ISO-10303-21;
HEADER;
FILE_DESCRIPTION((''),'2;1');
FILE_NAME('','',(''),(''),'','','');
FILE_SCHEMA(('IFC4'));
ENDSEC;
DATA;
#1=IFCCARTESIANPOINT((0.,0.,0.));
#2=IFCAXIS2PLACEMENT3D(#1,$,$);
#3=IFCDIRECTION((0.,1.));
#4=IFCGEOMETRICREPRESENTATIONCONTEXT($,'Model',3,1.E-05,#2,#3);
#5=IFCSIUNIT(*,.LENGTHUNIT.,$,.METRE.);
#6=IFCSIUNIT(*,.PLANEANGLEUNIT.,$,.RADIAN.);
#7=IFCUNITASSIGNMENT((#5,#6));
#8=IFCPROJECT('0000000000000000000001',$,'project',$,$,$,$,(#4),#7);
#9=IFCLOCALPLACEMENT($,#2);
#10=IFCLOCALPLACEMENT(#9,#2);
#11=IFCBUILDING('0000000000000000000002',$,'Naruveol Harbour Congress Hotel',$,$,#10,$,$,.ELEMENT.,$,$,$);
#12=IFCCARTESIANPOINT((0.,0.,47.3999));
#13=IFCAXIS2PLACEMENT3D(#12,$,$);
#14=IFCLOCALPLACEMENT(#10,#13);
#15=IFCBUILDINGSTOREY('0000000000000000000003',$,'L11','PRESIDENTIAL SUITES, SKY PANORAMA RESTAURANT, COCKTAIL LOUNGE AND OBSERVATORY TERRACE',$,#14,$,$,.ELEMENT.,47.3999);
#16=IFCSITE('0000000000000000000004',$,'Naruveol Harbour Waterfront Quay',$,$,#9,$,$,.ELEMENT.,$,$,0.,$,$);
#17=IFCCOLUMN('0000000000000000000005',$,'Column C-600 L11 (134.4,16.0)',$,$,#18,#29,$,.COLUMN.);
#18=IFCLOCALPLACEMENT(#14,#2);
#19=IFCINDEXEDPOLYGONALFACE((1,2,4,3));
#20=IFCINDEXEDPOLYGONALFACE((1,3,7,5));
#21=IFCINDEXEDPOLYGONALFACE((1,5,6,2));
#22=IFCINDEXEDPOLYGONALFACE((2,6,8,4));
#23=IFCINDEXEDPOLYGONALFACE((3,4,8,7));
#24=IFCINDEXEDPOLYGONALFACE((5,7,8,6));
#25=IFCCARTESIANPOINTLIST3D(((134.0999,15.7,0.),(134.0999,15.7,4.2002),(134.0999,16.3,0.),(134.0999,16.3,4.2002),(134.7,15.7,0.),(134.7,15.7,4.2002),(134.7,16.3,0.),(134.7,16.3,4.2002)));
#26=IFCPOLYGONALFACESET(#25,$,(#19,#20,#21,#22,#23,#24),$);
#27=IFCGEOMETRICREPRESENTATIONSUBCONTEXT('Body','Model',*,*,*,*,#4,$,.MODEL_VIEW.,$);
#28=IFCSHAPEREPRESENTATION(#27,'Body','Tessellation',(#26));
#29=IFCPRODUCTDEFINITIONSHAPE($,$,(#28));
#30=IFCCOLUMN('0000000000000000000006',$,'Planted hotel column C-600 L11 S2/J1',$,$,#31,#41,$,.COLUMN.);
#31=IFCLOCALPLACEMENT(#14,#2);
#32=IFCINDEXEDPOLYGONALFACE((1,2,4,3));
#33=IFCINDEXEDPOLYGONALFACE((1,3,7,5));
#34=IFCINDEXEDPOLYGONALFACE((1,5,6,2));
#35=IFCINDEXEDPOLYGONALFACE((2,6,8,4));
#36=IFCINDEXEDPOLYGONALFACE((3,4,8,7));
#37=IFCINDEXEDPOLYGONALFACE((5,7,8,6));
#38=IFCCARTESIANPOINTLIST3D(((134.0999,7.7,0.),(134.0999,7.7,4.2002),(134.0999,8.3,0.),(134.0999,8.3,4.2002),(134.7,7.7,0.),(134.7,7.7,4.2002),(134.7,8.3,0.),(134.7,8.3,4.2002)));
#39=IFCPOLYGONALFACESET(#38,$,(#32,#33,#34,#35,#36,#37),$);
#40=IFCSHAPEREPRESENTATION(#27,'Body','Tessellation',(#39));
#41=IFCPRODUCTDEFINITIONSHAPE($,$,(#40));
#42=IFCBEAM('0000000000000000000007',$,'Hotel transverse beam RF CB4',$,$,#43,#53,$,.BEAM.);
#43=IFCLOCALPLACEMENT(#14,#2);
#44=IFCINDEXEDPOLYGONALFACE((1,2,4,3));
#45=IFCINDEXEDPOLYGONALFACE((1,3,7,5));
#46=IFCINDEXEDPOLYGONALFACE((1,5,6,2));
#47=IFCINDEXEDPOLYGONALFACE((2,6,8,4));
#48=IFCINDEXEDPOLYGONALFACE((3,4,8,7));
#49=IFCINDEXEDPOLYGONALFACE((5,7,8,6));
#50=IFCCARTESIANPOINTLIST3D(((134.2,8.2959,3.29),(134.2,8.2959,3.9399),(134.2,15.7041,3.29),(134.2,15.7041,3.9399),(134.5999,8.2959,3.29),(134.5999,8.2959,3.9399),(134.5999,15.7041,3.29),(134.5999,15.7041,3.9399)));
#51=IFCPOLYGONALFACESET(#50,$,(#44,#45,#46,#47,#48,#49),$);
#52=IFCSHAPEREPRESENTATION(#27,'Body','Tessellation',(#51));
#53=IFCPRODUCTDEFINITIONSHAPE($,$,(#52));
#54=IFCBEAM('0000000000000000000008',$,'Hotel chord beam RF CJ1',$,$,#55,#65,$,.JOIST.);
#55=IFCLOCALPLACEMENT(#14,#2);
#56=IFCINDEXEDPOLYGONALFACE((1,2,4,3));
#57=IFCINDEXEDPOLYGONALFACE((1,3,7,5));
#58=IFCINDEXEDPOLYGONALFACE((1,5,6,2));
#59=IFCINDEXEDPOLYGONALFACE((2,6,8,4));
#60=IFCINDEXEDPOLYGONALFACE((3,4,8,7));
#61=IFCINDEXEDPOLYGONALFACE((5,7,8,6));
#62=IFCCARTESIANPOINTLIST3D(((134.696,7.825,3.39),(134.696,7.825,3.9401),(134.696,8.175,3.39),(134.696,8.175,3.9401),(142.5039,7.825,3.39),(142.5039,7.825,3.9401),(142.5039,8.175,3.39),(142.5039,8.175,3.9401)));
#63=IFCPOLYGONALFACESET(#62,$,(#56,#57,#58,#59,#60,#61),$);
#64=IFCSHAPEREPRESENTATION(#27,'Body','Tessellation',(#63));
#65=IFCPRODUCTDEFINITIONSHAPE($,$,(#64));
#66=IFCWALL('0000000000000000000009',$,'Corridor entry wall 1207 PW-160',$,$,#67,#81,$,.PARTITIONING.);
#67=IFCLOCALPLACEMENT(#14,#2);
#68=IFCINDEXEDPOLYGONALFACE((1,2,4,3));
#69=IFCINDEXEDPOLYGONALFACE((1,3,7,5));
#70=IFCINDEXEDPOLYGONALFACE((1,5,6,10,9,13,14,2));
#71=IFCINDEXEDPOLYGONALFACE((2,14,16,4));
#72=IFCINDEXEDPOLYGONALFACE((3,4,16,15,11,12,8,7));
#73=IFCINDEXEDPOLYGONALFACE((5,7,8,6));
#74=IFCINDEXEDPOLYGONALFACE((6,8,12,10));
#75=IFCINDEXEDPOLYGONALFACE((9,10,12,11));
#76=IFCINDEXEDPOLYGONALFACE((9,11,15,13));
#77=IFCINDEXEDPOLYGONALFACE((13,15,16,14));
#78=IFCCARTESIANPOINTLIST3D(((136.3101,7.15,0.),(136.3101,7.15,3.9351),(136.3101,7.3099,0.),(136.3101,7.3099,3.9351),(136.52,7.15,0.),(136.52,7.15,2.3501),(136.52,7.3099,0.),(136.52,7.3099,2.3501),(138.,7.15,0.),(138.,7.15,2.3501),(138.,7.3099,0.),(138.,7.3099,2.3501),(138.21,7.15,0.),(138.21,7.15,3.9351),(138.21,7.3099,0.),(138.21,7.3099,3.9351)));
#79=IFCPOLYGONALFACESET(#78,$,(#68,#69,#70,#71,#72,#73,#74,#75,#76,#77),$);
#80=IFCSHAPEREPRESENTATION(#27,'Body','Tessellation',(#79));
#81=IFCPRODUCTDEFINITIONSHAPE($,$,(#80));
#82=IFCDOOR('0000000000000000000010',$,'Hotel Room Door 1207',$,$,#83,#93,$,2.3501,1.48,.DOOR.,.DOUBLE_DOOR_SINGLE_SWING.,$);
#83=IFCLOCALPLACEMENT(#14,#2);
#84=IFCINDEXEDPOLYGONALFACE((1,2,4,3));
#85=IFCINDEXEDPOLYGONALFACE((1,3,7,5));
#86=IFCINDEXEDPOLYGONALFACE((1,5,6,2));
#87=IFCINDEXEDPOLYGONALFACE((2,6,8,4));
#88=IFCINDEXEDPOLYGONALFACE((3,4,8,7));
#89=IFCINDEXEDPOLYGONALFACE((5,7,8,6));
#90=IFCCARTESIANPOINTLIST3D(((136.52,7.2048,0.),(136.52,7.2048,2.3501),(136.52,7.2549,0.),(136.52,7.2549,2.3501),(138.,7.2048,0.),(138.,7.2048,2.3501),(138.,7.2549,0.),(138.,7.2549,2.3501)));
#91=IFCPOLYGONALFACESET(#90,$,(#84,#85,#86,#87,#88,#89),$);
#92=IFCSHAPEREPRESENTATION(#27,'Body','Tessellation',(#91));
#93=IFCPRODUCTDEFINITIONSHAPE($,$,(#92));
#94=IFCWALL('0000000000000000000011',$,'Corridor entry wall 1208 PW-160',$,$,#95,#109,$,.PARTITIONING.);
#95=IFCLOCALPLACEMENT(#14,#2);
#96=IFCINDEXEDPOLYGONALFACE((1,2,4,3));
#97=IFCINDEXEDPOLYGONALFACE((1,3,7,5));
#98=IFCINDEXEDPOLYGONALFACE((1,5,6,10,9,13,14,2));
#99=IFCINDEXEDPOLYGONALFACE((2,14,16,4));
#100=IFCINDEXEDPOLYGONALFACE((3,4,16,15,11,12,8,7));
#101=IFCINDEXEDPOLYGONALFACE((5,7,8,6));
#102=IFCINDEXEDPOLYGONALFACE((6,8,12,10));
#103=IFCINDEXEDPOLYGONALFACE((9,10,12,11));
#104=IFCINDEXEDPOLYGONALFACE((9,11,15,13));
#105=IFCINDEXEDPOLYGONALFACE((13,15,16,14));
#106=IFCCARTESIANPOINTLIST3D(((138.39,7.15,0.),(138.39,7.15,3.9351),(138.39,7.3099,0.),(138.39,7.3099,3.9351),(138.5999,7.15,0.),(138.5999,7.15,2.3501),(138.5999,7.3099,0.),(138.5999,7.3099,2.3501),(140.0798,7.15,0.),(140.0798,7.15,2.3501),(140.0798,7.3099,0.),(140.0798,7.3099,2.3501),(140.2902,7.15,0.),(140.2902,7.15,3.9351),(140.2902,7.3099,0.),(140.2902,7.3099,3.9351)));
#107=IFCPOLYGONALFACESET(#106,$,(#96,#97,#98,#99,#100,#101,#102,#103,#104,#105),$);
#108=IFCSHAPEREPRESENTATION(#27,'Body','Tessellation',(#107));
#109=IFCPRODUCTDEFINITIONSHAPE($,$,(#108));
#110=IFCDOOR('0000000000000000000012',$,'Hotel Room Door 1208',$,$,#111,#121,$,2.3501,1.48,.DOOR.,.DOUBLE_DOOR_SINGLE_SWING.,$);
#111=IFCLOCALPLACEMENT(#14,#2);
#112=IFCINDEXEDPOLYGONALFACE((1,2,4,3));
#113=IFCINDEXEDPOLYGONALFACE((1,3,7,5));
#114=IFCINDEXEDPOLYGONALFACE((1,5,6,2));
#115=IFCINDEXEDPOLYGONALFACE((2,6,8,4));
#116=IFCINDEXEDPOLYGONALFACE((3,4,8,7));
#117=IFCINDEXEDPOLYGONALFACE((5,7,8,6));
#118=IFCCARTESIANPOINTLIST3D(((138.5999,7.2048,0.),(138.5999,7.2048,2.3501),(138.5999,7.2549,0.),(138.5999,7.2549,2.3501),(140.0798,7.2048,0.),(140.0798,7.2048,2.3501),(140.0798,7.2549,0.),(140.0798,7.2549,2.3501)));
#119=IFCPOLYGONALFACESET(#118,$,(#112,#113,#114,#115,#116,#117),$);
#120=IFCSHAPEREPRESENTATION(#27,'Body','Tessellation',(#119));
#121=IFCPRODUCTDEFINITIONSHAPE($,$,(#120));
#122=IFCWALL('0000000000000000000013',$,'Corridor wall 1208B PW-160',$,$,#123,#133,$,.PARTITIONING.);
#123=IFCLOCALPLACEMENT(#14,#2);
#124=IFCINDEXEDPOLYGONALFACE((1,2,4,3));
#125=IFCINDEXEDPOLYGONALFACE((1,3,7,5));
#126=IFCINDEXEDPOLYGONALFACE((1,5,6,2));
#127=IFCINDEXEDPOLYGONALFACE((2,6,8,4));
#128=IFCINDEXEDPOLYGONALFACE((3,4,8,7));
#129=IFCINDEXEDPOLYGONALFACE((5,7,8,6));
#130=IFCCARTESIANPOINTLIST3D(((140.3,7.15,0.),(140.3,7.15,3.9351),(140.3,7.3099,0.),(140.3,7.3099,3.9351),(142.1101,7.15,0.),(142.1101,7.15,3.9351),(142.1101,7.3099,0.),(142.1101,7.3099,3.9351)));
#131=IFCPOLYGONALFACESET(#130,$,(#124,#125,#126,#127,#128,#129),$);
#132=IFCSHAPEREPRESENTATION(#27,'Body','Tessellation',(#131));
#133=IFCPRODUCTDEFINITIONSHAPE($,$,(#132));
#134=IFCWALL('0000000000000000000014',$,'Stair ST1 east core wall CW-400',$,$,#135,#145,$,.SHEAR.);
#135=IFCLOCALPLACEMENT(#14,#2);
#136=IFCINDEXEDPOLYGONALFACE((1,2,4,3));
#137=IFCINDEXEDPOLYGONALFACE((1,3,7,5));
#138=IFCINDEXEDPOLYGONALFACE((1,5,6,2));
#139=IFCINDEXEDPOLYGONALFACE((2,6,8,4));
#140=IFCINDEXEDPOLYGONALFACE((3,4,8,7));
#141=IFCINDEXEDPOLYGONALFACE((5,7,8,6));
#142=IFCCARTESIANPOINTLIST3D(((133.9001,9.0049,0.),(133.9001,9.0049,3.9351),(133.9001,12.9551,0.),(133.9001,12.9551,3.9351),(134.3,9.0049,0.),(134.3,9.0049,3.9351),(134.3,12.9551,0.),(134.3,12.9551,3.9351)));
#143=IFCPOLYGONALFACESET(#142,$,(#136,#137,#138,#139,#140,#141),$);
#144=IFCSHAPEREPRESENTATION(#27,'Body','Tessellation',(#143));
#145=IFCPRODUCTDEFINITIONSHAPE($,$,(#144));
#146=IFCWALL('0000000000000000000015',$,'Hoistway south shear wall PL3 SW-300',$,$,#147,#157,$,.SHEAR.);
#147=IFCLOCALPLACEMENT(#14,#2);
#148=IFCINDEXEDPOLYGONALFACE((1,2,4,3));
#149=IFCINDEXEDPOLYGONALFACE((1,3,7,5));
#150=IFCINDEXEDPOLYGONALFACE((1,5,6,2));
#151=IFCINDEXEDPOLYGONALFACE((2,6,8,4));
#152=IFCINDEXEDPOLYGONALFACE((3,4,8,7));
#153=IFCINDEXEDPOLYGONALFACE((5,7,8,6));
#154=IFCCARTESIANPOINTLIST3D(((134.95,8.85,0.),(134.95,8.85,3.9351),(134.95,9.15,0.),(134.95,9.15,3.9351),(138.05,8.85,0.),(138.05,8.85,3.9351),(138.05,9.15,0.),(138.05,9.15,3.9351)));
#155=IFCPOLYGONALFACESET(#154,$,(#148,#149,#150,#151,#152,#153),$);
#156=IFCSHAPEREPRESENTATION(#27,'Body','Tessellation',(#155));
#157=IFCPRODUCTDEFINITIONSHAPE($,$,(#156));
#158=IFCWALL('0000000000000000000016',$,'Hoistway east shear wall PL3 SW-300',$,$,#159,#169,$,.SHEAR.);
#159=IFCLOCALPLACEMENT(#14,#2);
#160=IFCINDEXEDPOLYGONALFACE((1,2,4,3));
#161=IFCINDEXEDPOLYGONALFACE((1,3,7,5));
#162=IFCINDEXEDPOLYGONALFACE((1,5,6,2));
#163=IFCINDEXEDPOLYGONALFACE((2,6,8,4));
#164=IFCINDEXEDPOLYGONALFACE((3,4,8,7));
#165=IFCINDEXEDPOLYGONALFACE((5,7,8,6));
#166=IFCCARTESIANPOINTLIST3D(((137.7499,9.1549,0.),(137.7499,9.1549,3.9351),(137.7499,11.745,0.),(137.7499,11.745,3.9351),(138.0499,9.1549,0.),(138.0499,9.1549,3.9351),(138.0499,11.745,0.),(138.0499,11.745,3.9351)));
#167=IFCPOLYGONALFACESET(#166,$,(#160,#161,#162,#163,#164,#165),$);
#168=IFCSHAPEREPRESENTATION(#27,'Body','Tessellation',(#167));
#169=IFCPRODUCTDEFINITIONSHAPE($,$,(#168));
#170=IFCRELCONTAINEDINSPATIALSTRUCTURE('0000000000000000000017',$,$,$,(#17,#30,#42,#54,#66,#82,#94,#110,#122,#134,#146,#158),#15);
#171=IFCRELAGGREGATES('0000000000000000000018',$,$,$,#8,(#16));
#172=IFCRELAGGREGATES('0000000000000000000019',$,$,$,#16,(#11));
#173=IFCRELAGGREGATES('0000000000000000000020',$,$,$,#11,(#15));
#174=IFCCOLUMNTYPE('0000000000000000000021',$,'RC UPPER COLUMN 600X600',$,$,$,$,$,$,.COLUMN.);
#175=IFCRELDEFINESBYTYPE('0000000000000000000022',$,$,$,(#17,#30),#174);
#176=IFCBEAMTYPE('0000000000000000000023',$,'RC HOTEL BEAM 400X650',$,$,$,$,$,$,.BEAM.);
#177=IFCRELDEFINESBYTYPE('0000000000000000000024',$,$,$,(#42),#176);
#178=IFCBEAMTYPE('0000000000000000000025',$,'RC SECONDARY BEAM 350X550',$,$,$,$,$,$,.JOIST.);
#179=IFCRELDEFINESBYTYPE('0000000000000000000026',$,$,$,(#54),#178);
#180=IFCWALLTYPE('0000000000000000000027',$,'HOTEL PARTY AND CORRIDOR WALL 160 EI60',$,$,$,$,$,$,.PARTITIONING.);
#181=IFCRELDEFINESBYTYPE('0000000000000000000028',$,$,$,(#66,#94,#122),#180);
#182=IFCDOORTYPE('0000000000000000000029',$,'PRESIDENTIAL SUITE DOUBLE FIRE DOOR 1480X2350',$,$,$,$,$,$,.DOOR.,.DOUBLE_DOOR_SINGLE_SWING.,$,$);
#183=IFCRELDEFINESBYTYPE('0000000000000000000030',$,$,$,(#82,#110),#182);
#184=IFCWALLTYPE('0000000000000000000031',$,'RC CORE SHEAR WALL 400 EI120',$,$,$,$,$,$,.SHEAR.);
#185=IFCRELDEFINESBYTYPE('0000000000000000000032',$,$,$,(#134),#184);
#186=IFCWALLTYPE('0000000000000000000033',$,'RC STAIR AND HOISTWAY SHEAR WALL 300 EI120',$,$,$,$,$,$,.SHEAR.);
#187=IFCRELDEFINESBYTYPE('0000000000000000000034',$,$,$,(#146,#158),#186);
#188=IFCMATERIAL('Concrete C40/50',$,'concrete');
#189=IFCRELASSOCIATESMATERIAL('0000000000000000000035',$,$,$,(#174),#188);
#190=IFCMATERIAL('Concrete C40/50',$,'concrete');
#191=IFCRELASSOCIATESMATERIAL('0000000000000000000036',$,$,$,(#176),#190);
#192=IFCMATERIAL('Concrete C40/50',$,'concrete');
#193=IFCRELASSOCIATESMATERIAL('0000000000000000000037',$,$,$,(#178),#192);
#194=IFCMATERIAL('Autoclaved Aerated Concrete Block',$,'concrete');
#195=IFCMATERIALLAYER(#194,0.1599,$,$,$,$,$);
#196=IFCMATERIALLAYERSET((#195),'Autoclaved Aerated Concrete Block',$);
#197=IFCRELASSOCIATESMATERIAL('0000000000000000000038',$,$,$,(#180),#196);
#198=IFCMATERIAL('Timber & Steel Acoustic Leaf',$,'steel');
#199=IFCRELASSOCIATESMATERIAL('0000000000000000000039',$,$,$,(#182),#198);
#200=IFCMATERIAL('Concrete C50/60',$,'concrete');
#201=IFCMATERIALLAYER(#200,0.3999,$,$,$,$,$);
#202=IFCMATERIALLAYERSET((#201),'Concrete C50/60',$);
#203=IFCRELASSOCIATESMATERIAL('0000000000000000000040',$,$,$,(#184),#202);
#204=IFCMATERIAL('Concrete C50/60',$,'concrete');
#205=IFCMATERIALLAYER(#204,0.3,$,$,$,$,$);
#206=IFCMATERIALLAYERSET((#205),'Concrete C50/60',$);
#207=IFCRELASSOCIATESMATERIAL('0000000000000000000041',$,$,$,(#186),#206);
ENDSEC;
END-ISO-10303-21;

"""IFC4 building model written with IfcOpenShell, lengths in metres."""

from ifc_helpers import new_model, si_unit, direction, frame, frame_2d, origin, origin_2d, place, context, subcontext, project, spatial, rectangle, extrude, material, layer, layer_set, material_profile, profile_set, type_object, element, fill, save


model = new_model("IFC4")

# Units and contexts
model_context = context("Model", 3, precision=1e-05, world=origin(), true_north=direction((0.0, 1.0)))
body_context = subcontext(model_context, "Body", "Model", "MODEL_VIEW")
ifc_project = project(units=[si_unit("LENGTHUNIT", "METRE"), si_unit("PLANEANGLEUNIT", "RADIAN")], contexts=[model_context])

# Site, building, storey
site_placement = place(None, origin())
site = spatial("IfcSite", under=ifc_project, at=site_placement, Name="Naruveol Harbour Waterfront Quay", CompositionType="ELEMENT", RefElevation=0.0)
building_placement = place(site_placement, origin())
building = spatial("IfcBuilding", under=site, at=building_placement, Name="Naruveol Harbour Congress Hotel", CompositionType="ELEMENT")
storey_placement = place(building_placement, frame((0.0, 0.0, 47.3999)))
storey = spatial("IfcBuildingStorey", under=building, at=storey_placement, Name="L11", Description="PRESIDENTIAL SUITES, SKY PANORAMA RESTAURANT, COCKTAIL LOUNGE AND OBSERVATORY TERRACE", CompositionType="ELEMENT", Elevation=47.3999)

# Columns
ifc_material_1 = material(Name="Concrete C40/50", Category="concrete")
ifc_material_profile_1 = material_profile(ifc_material_1, rectangle(XDim=0.6001, YDim=0.6001, at=origin_2d()), Name="RC-600x600")
ifc_profile_set_1 = profile_set([ifc_material_profile_1], Name="Concrete C40/50")
column_type = type_object("IfcColumnType", Name="RC UPPER COLUMN 600X600", PredefinedType="COLUMN", material=ifc_profile_set_1)
for number, where, z_axis, x_axis, name in (
    (1, (134.3999, 16.0, 0.0), (0.0, 0.0, 1.0), (1.0, 0.0, 0.0), "Column C-600 L11 (134.4,16.0)"),
    (2, (134.3999, 8.0, 0.0), (0.0, 0.0, 1.0), (1.0, 0.0, 0.0), "Planted hotel column C-600 L11 S2/J1"),
):
    element("IfcColumn", number, at=place(storey_placement, frame(where, z_axis=z_axis, x_axis=x_axis)), inside=storey, type_object=column_type, Name=name, PredefinedType="COLUMN", context=body_context, shape_type="SweptSolid", body=[
        extrude(rectangle(XDim=0.6001, YDim=0.6001, at=origin_2d()), origin(), (0.0, 0.0, 1.0), 4.2002),
    ])

# Beams
ifc_material_2 = material(Name="Concrete C40/50", Category="concrete")
ifc_material_profile_2 = material_profile(ifc_material_2, rectangle(XDim=0.3999, YDim=0.6499, at=origin_2d()), Name="RCB-400x650")
ifc_profile_set_2 = profile_set([ifc_material_profile_2], Name="Concrete C40/50")
beam_type_1 = type_object("IfcBeamType", Name="RC HOTEL BEAM 400X650", PredefinedType="BEAM", material=ifc_profile_set_2)
beam_1_placement = place(storey_placement, frame((134.3999, 8.2959, 3.615), z_axis=(0.0, 1.0, 0.0), x_axis=(-1.0, 0.0, 0.0)))
element("IfcBeam", 3, at=beam_1_placement, inside=storey, type_object=beam_type_1, Name="Hotel transverse beam RF CB4", PredefinedType="BEAM", context=body_context, shape_type="SweptSolid", body=[
    extrude(rectangle(XDim=0.3999, YDim=0.6499, at=origin_2d()), origin(), (0.0, 0.0, 1.0), 7.4082),
])
ifc_material_3 = material(Name="Concrete C40/50", Category="concrete")
ifc_material_profile_3 = material_profile(ifc_material_3, rectangle(XDim=0.3501, YDim=0.55, at=origin_2d()), Name="RCB-350x550")
ifc_profile_set_3 = profile_set([ifc_material_profile_3], Name="Concrete C40/50")
beam_type_2 = type_object("IfcBeamType", Name="RC SECONDARY BEAM 350X550", PredefinedType="JOIST", material=ifc_profile_set_3)
beam_2_placement = place(storey_placement, frame((134.696, 8.0, 3.665), z_axis=(1.0, 0.0, 0.0), x_axis=(0.0, 1.0, 0.0)))
element("IfcBeam", 4, at=beam_2_placement, inside=storey, type_object=beam_type_2, Name="Hotel chord beam RF CJ1", PredefinedType="JOIST", context=body_context, shape_type="SweptSolid", body=[
    extrude(rectangle(XDim=0.3501, YDim=0.55, at=origin_2d()), origin(), (0.0, 0.0, 1.0), 7.8079),
])

# Walls, openings, doors
ifc_material_4 = material(Name="Autoclaved Aerated Concrete Block", Category="concrete")
ifc_layer_1 = layer(ifc_material_4, 0.1599)
ifc_layer_set_1 = layer_set([ifc_layer_1], Name="Autoclaved Aerated Concrete Block")
wall_type_1 = type_object("IfcWallType", Name="HOTEL PARTY AND CORRIDOR WALL 160 EI60", PredefinedType="PARTITIONING", material=ifc_layer_set_1)
wall_1_placement = place(storey_placement, frame((136.3101, 7.23, 0.0), z_axis=(0.0, 0.0, 1.0), x_axis=(1.0, 0.0, 0.0)))
wall_1 = element("IfcWall", 5, at=wall_1_placement, inside=storey, type_object=wall_type_1, Name="Corridor entry wall 1207 PW-160", PredefinedType="PARTITIONING", context=body_context, shape_type="SweptSolid", body=[
    extrude(rectangle(XDim=1.8999, YDim=0.1599, at=frame_2d((0.95, 0.0))), origin(), (0.0, 0.0, 1.0), 3.9351),
])
opening_1_placement = place(wall_1_placement, frame((0.21, 0.0, 0.0)))
opening_1 = element("IfcOpeningElement", 6, at=opening_1_placement, cuts=wall_1, PredefinedType="OPENING", context=body_context, shape_type="SweptSolid", body=[
    extrude(rectangle(XDim=1.48, YDim=2.3501, at=frame_2d((0.74, 1.175))), frame((0.0, 0.0898, 0.0), z_axis=(0.0, -1.0, 0.0), x_axis=(1.0, 0.0, 0.0)), (0.0, 0.0, 1.0), 0.1799),
])
ifc_material_5 = material(Name="Timber & Steel Acoustic Leaf", Category="steel")
door_type_1 = type_object("IfcDoorType", Name="PRESIDENTIAL SUITE DOUBLE FIRE DOOR 1480X2350", OperationType="DOUBLE_DOOR_SINGLE_SWING", PredefinedType="DOOR", material=ifc_material_5)
door_1_placement = place(opening_1_placement, origin())
door_1 = element("IfcDoor", 7, at=door_1_placement, inside=storey, type_object=door_type_1, Name="Hotel Room Door 1207", OperationType="DOUBLE_DOOR_SINGLE_SWING", OverallHeight=2.3501, OverallWidth=1.48, PredefinedType="DOOR", context=body_context, shape_type="SweptSolid", body=[
    extrude(rectangle(XDim=1.48, YDim=2.3501, at=frame_2d((0.74, 1.175))), frame((0.0, 0.0249, 0.0), z_axis=(0.0, -1.0, 0.0), x_axis=(1.0, 0.0, 0.0)), (0.0, 0.0, 1.0), 0.05),
])
fill(opening_1, door_1)
wall_2_placement = place(storey_placement, frame((138.3899, 7.23, 0.0), z_axis=(0.0, 0.0, 1.0), x_axis=(1.0, 0.0, 0.0)))
wall_2 = element("IfcWall", 8, at=wall_2_placement, inside=storey, type_object=wall_type_1, Name="Corridor entry wall 1208 PW-160", PredefinedType="PARTITIONING", context=body_context, shape_type="SweptSolid", body=[
    extrude(rectangle(XDim=1.9001, YDim=0.1599, at=frame_2d((0.9502, 0.0))), origin(), (0.0, 0.0, 1.0), 3.9351),
])
opening_2_placement = place(wall_2_placement, frame((0.21, 0.0, 0.0)))
opening_2 = element("IfcOpeningElement", 9, at=opening_2_placement, cuts=wall_2, PredefinedType="OPENING", context=body_context, shape_type="SweptSolid", body=[
    extrude(rectangle(XDim=1.48, YDim=2.3501, at=frame_2d((0.74, 1.175))), frame((0.0, 0.0898, 0.0), z_axis=(0.0, -1.0, 0.0), x_axis=(1.0, 0.0, 0.0)), (0.0, 0.0, 1.0), 0.1799),
])
door_2_placement = place(opening_2_placement, origin())
door_2 = element("IfcDoor", 10, at=door_2_placement, inside=storey, type_object=door_type_1, Name="Hotel Room Door 1208", OperationType="DOUBLE_DOOR_SINGLE_SWING", OverallHeight=2.3501, OverallWidth=1.48, PredefinedType="DOOR", context=body_context, shape_type="SweptSolid", body=[
    extrude(rectangle(XDim=1.48, YDim=2.3501, at=frame_2d((0.74, 1.175))), frame((0.0, 0.0249, 0.0), z_axis=(0.0, -1.0, 0.0), x_axis=(1.0, 0.0, 0.0)), (0.0, 0.0, 1.0), 0.05),
])
fill(opening_2, door_2)

# Walls
wall_3_placement = place(storey_placement, frame((140.3, 7.23, 0.0), z_axis=(0.0, 0.0, 1.0), x_axis=(1.0, 0.0, 0.0)))
element("IfcWall", 11, at=wall_3_placement, inside=storey, type_object=wall_type_1, Name="Corridor wall 1208B PW-160", PredefinedType="PARTITIONING", context=body_context, shape_type="SweptSolid", body=[
    extrude(rectangle(XDim=1.8101, YDim=0.1599, at=frame_2d((0.905, 0.0))), origin(), (0.0, 0.0, 1.0), 3.9351),
])
ifc_material_6 = material(Name="Concrete C50/60", Category="concrete")
ifc_layer_2 = layer(ifc_material_6, 0.3999)
ifc_layer_set_2 = layer_set([ifc_layer_2], Name="Concrete C50/60")
wall_type_2 = type_object("IfcWallType", Name="RC CORE SHEAR WALL 400 EI120", PredefinedType="SHEAR", material=ifc_layer_set_2)
wall_4_placement = place(storey_placement, frame((134.1001, 9.0049, 0.0), z_axis=(0.0, 0.0, 1.0), x_axis=(0.0, 1.0, 0.0)))
element("IfcWall", 12, at=wall_4_placement, inside=storey, type_object=wall_type_2, Name="Stair ST1 east core wall CW-400", PredefinedType="SHEAR", context=body_context, shape_type="SweptSolid", body=[
    extrude(rectangle(XDim=3.9502, YDim=0.3999, at=frame_2d((1.9751, 0.0))), origin(), (0.0, 0.0, 1.0), 3.9351),
])
ifc_material_7 = material(Name="Concrete C50/60", Category="concrete")
ifc_layer_3 = layer(ifc_material_7, 0.3)
ifc_layer_set_3 = layer_set([ifc_layer_3], Name="Concrete C50/60")
wall_type_3 = type_object("IfcWallType", Name="RC STAIR AND HOISTWAY SHEAR WALL 300 EI120", PredefinedType="SHEAR", material=ifc_layer_set_3)
wall_5_placement = place(storey_placement, frame((134.95, 9.0, 0.0), z_axis=(0.0, 0.0, 1.0), x_axis=(1.0, 0.0, 0.0)))
element("IfcWall", 13, at=wall_5_placement, inside=storey, type_object=wall_type_3, Name="Hoistway south shear wall PL3 SW-300", PredefinedType="SHEAR", context=body_context, shape_type="SweptSolid", body=[
    extrude(rectangle(XDim=3.1001, YDim=0.3, at=frame_2d((1.55, 0.0))), origin(), (0.0, 0.0, 1.0), 3.9351),
])
wall_6_placement = place(storey_placement, frame((137.8999, 9.155, 0.0), z_axis=(0.0, 0.0, 1.0), x_axis=(0.0, 1.0, 0.0)))
element("IfcWall", 14, at=wall_6_placement, inside=storey, type_object=wall_type_3, Name="Hoistway east shear wall PL3 SW-300", PredefinedType="SHEAR", context=body_context, shape_type="SweptSolid", body=[
    extrude(rectangle(XDim=2.5901, YDim=0.3, at=frame_2d((1.2949, 0.0))), origin(), (0.0, 0.0, 1.0), 3.9351),
])

save(model, "model.ifc")
